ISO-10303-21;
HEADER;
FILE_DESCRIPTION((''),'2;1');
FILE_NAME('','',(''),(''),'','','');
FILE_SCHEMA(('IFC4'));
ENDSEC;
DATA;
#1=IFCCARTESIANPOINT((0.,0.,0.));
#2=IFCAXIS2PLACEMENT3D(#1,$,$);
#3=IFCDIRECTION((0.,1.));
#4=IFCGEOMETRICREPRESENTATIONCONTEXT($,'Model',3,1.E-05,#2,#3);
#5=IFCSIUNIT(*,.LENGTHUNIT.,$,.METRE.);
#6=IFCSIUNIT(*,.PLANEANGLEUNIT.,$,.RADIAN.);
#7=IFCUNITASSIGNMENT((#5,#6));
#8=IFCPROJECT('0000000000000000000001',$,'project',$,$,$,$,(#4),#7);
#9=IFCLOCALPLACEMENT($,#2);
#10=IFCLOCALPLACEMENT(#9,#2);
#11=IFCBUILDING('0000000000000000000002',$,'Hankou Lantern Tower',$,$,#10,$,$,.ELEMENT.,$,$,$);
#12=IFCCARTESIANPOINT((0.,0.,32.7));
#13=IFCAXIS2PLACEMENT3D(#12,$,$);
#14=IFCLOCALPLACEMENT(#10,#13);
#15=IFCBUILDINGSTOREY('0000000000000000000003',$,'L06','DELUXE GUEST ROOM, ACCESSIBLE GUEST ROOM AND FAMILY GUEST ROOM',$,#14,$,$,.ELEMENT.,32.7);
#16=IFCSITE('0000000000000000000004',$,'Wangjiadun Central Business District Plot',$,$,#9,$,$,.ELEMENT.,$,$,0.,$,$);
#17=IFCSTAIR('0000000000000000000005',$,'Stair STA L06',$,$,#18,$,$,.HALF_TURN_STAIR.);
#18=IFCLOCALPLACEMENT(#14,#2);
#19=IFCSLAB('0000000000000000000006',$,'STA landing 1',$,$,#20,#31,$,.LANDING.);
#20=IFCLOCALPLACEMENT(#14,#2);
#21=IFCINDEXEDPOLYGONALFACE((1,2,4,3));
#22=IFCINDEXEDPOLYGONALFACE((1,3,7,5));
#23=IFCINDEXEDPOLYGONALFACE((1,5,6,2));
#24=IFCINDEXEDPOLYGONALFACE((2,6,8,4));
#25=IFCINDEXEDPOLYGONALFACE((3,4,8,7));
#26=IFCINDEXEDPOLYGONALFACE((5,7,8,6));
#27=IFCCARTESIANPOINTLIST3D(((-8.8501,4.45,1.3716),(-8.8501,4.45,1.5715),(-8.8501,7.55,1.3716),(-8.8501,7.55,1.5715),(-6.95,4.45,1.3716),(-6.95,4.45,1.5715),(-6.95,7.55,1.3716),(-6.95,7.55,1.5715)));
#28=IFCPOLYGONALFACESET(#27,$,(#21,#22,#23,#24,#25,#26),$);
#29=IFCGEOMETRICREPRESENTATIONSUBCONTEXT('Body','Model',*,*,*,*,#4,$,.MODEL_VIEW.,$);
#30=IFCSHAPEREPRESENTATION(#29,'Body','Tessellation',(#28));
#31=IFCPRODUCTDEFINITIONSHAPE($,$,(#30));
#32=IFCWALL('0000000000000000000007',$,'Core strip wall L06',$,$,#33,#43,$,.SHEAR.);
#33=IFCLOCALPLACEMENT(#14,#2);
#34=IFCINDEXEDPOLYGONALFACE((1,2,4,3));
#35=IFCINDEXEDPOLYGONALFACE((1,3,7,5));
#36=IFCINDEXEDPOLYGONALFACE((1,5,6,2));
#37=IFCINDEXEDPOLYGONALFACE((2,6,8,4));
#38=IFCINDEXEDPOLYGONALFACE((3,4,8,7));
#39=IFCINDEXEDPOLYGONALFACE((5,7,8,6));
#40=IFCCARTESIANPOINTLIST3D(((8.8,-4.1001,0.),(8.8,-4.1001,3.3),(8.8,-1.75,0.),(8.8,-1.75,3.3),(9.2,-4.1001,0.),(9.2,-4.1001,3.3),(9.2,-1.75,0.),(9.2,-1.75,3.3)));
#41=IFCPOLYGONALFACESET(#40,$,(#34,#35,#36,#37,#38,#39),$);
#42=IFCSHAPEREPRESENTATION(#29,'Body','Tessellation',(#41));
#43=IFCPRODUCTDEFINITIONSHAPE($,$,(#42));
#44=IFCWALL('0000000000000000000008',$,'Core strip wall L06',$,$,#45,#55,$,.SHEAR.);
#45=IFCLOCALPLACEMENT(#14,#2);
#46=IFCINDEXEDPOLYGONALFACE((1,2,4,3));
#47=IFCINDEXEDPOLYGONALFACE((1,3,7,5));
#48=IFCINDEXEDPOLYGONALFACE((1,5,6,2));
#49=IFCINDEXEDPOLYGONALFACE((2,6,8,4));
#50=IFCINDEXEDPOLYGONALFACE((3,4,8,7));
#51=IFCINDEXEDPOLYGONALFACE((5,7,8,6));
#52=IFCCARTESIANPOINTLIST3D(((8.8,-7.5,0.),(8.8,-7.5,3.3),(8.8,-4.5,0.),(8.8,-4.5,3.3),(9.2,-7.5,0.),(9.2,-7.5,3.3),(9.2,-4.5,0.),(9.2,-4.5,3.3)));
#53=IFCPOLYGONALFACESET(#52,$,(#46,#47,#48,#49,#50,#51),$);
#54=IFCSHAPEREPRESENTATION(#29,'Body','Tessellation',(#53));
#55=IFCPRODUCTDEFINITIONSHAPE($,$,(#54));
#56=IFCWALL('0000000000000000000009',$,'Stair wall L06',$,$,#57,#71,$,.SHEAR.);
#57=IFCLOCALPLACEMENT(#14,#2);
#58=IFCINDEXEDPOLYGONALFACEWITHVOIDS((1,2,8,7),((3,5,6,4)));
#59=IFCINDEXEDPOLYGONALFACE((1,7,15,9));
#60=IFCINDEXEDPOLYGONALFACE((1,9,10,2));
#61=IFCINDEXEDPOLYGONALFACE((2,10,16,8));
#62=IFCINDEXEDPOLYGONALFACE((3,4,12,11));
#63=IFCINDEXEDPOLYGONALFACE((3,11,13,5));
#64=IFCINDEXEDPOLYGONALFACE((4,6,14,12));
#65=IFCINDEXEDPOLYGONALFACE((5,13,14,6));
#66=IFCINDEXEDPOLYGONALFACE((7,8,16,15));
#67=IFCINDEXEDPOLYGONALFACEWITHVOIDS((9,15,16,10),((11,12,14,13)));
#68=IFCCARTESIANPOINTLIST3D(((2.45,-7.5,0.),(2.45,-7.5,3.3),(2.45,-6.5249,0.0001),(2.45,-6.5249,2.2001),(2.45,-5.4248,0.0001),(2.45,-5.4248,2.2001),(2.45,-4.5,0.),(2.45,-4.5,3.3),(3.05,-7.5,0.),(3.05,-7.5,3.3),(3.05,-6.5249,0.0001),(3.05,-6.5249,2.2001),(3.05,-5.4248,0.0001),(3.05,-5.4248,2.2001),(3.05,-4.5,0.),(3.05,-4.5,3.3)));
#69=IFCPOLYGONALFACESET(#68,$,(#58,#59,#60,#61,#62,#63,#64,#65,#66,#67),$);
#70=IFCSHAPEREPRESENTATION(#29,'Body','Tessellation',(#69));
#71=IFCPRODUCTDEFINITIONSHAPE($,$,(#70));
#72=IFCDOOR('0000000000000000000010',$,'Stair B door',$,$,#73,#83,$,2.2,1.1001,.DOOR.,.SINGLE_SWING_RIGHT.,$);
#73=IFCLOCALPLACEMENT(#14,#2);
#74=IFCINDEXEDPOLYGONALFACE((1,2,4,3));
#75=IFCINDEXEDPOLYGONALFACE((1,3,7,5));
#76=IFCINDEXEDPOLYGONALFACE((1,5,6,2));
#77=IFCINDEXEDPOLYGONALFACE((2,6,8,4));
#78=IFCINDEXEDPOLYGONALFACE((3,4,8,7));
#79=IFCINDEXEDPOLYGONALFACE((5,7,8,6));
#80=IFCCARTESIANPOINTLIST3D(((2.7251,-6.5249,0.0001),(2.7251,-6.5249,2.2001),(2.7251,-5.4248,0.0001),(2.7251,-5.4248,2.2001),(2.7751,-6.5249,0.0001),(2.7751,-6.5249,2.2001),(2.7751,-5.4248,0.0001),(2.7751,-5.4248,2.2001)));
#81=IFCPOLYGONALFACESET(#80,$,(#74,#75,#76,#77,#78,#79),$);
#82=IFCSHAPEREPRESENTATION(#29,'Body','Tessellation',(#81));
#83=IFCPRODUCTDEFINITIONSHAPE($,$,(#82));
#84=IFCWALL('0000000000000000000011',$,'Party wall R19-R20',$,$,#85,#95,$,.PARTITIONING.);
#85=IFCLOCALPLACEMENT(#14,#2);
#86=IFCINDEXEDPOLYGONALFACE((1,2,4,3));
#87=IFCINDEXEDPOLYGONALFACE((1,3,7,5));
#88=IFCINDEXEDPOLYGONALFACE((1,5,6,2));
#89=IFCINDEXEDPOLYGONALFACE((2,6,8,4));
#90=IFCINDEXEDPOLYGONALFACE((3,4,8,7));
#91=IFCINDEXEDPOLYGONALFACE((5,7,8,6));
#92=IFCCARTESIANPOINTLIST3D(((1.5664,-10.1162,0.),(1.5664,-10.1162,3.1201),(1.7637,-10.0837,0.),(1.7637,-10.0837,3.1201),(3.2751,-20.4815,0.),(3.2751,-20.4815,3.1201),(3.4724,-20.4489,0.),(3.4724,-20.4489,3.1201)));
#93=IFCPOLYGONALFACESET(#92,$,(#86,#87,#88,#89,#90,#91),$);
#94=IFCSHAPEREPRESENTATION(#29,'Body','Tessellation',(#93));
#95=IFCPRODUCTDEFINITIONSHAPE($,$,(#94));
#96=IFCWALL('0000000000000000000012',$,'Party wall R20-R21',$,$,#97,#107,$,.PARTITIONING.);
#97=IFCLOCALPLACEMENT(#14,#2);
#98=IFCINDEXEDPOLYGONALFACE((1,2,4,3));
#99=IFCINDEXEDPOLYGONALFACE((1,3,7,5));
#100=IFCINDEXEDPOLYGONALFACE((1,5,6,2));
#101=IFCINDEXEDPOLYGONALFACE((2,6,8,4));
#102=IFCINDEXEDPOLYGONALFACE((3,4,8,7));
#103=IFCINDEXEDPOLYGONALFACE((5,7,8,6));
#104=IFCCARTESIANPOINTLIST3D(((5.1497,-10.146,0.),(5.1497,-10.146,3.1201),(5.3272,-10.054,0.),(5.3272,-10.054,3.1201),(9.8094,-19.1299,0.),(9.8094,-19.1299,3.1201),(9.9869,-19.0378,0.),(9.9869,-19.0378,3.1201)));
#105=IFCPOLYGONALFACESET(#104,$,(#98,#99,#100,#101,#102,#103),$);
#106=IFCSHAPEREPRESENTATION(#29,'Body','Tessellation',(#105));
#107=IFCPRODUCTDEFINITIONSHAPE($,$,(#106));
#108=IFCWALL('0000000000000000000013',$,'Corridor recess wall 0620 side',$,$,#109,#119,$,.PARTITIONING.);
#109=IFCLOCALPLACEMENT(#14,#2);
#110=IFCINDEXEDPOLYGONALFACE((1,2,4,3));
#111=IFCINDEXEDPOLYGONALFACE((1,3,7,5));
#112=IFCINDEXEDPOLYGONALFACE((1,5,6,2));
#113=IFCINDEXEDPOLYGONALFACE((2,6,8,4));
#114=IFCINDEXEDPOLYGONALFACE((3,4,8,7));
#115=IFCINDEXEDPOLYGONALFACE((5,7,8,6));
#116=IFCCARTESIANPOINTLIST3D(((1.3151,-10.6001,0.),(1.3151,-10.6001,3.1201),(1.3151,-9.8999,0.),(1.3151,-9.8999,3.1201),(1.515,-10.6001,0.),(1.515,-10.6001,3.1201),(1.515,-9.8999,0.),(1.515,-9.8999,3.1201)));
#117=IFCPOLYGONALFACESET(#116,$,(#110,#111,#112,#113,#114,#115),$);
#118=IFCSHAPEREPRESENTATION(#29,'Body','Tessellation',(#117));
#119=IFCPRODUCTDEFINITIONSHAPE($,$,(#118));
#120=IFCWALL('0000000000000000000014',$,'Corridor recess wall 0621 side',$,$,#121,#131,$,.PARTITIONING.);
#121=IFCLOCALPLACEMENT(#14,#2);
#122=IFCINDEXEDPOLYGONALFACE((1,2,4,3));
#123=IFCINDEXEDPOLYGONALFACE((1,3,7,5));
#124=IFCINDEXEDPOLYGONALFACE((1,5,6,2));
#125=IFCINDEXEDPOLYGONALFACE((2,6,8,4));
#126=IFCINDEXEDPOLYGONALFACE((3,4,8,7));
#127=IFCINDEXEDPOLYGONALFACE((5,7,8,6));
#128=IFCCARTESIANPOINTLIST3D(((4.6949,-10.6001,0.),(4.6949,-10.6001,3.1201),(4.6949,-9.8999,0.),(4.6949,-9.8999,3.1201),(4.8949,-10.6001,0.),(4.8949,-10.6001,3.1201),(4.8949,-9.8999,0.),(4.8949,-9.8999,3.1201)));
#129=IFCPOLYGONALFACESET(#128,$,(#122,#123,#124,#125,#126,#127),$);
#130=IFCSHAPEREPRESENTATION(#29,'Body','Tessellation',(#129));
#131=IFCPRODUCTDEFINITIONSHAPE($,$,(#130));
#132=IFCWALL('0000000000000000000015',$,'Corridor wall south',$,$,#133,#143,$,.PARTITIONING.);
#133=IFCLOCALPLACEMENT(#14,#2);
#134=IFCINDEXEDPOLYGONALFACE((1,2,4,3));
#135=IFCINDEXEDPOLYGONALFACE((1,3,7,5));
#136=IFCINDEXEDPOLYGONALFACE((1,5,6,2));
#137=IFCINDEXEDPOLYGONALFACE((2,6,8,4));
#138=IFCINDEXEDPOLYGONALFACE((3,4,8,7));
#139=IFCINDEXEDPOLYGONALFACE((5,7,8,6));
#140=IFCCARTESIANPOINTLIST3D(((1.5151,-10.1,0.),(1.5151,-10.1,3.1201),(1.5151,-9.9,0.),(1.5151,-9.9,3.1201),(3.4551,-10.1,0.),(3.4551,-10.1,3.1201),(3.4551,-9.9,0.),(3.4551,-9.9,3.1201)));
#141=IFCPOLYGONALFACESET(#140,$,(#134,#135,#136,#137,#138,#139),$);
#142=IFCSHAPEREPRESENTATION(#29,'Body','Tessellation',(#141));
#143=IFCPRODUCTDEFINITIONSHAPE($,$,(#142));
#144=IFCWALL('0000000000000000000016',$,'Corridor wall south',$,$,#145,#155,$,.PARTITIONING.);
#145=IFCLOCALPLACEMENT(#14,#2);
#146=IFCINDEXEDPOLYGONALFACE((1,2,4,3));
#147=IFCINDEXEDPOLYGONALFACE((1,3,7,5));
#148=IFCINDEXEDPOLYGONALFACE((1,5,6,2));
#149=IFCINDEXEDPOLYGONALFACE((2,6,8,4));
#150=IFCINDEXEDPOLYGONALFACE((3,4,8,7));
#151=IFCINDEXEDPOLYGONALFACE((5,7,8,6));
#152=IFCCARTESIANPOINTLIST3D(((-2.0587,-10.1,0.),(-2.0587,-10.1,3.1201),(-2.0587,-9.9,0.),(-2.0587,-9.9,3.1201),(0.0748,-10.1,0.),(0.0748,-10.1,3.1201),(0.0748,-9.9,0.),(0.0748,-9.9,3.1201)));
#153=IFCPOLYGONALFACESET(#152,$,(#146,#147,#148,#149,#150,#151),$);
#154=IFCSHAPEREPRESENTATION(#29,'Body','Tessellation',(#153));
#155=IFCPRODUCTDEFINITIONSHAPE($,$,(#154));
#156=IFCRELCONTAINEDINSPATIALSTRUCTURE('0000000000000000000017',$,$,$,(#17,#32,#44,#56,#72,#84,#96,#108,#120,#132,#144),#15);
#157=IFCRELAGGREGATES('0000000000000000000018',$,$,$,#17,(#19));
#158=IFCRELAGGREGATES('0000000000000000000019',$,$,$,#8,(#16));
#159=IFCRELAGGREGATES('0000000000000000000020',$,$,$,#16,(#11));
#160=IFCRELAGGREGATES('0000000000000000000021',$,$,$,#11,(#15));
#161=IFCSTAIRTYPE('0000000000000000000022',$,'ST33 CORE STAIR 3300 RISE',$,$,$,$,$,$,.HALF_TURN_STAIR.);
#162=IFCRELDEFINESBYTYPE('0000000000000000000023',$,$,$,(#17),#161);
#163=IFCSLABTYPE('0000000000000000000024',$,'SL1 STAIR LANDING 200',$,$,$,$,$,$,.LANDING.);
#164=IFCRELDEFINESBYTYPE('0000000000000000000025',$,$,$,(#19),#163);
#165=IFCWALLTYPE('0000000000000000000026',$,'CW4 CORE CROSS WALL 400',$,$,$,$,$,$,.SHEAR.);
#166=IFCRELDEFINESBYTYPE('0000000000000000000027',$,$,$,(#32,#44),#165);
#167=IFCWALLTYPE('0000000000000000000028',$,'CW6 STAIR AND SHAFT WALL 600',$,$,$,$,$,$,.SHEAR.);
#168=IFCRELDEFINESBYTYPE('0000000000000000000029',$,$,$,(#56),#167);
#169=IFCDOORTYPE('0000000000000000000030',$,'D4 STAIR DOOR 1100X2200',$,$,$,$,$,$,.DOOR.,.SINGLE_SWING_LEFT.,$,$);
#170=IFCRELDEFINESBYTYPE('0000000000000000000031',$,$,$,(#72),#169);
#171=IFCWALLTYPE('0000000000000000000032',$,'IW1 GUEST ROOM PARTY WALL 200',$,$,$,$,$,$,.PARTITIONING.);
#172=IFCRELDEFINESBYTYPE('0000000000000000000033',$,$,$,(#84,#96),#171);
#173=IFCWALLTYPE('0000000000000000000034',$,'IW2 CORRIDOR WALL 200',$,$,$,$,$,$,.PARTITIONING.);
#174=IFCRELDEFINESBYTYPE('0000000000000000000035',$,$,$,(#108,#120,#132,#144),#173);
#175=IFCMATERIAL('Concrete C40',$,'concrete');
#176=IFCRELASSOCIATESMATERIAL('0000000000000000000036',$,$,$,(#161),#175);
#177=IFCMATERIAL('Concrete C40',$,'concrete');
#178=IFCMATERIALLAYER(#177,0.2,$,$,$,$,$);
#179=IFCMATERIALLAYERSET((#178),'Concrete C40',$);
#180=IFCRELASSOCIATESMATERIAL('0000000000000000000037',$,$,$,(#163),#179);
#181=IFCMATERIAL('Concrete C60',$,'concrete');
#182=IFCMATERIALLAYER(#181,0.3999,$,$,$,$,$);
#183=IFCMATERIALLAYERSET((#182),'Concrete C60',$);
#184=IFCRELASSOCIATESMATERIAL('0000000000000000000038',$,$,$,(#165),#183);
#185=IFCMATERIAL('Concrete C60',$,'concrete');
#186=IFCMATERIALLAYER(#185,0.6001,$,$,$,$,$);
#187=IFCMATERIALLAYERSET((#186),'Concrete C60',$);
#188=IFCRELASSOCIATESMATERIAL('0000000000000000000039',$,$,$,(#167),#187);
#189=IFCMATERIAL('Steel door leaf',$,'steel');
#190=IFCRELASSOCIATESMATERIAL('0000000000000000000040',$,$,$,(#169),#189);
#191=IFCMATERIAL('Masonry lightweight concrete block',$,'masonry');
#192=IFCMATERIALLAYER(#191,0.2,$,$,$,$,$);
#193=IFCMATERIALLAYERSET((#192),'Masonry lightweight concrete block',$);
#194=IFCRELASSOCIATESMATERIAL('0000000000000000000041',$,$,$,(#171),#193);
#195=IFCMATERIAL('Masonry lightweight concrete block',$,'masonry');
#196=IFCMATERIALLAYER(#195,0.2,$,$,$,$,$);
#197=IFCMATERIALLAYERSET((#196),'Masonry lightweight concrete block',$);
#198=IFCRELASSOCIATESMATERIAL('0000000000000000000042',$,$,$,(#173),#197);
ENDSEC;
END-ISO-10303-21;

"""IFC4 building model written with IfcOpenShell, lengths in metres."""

from ifc_helpers import new_model, si_unit, direction, frame, frame_2d, origin, place, context, subcontext, project, spatial, polyline, rectangle, outline, extrude, material, layer, layer_set, type_object, element, fill, aggregate, save


model = new_model("IFC4")

# Units and contexts
model_context = context("Model", 3, precision=1e-05, world=origin(), true_north=direction((0.0, 1.0)))
body_context = subcontext(model_context, "Body", "Model", "MODEL_VIEW")
ifc_project = project(units=[si_unit("LENGTHUNIT", "METRE"), si_unit("PLANEANGLEUNIT", "RADIAN")], contexts=[model_context])

# Site, building, storey
site_placement = place(None, origin())
site = spatial("IfcSite", under=ifc_project, at=site_placement, Name="Wangjiadun Central Business District Plot", CompositionType="ELEMENT", RefElevation=0.0)
building_placement = place(site_placement, origin())
building = spatial("IfcBuilding", under=site, at=building_placement, Name="Hankou Lantern Tower", CompositionType="ELEMENT")
storey_placement = place(building_placement, frame((0.0, 0.0, 32.7)))
storey = spatial("IfcBuildingStorey", under=building, at=storey_placement, Name="L06", Description="DELUXE GUEST ROOM, ACCESSIBLE GUEST ROOM AND FAMILY GUEST ROOM", CompositionType="ELEMENT", Elevation=32.7)

# Stair, slab
ifc_material_1 = material(Name="Concrete C40", Category="concrete")
stair_type = type_object("IfcStairType", Name="ST33 CORE STAIR 3300 RISE", PredefinedType="HALF_TURN_STAIR", material=ifc_material_1)
stair_1_placement = place(storey_placement, origin())
stair_1 = element("IfcStair", 1, at=stair_1_placement, inside=storey, type_object=stair_type, Name="Stair STA L06", PredefinedType="HALF_TURN_STAIR")
ifc_material_2 = material(Name="Concrete C40", Category="concrete")
ifc_layer_1 = layer(ifc_material_2, 0.2)
ifc_layer_set_1 = layer_set([ifc_layer_1], Name="Concrete C40")
slab_type_1 = type_object("IfcSlabType", Name="SL1 STAIR LANDING 200", PredefinedType="LANDING", material=ifc_layer_set_1)
slab_1_placement = place(storey_placement, frame((0.0, 0.0, 1.3716)))
slab_1 = element("IfcSlab", 2, at=slab_1_placement, type_object=slab_type_1, Name="STA landing 1", PredefinedType="LANDING", context=body_context, shape_type="SweptSolid", body=[
    extrude(outline(polyline([(-8.8501, 4.45), (-6.95, 4.45), (-6.95, 7.55), (-8.8501, 7.55), (-8.8501, 4.45)])), origin(), (0.0, 0.0, 1.0), 0.2),
])
aggregate(stair_1, [slab_1])

# Walls
ifc_material_3 = material(Name="Concrete C60", Category="concrete")
ifc_layer_2 = layer(ifc_material_3, 0.3999)
ifc_layer_set_2 = layer_set([ifc_layer_2], Name="Concrete C60")
wall_type_1 = type_object("IfcWallType", Name="CW4 CORE CROSS WALL 400", PredefinedType="SHEAR", material=ifc_layer_set_2)
wall_1_placement = place(storey_placement, frame((9.0, -4.1001, 0.0), z_axis=(0.0, 0.0, 1.0), x_axis=(0.0, 1.0, 0.0)))
element("IfcWall", 3, at=wall_1_placement, inside=storey, type_object=wall_type_1, Name="Core strip wall L06", PredefinedType="SHEAR", context=body_context, shape_type="SweptSolid", body=[
    extrude(rectangle(XDim=2.3501, YDim=0.3999, at=frame_2d((1.175, 0.0))), origin(), (0.0, 0.0, 1.0), 3.3),
])
wall_2_placement = place(storey_placement, frame((9.0, -7.5, 0.0), z_axis=(0.0, 0.0, 1.0), x_axis=(0.0, 1.0, 0.0)))
element("IfcWall", 4, at=wall_2_placement, inside=storey, type_object=wall_type_1, Name="Core strip wall L06", PredefinedType="SHEAR", context=body_context, shape_type="SweptSolid", body=[
    extrude(rectangle(XDim=3.0, YDim=0.3999, at=frame_2d((1.5, 0.0))), origin(), (0.0, 0.0, 1.0), 3.3),
])

# Wall, opening, door
ifc_material_4 = material(Name="Concrete C60", Category="concrete")
ifc_layer_3 = layer(ifc_material_4, 0.6001)
ifc_layer_set_3 = layer_set([ifc_layer_3], Name="Concrete C60")
wall_type_2 = type_object("IfcWallType", Name="CW6 STAIR AND SHAFT WALL 600", PredefinedType="SHEAR", material=ifc_layer_set_3)
wall_3_placement = place(storey_placement, frame((2.75, -7.5, 0.0), z_axis=(0.0, 0.0, 1.0), x_axis=(0.0, 1.0, 0.0)))
wall_3 = element("IfcWall", 5, at=wall_3_placement, inside=storey, type_object=wall_type_2, Name="Stair wall L06", PredefinedType="SHEAR", context=body_context, shape_type="SweptSolid", body=[
    extrude(rectangle(XDim=3.0, YDim=0.6001, at=frame_2d((1.5, 0.0))), origin(), (0.0, 0.0, 1.0), 3.3),
])
opening_1_placement = place(wall_3_placement, frame((0.9751, 0.0, 0.0)))
opening_1 = element("IfcOpeningElement", 6, at=opening_1_placement, cuts=wall_3, PredefinedType="OPENING", context=body_context, shape_type="SweptSolid", body=[
    extrude(rectangle(XDim=1.1001, YDim=2.2, at=frame_2d((0.55, 1.1001))), frame((0.0, 0.3101, 0.0), z_axis=(0.0, -1.0, 0.0), x_axis=(1.0, 0.0, 0.0)), (0.0, 0.0, 1.0), 0.6201),
])
ifc_material_5 = material(Name="Steel door leaf", Category="steel")
door_type_1 = type_object("IfcDoorType", Name="D4 STAIR DOOR 1100X2200", OperationType="SINGLE_SWING_LEFT", PredefinedType="DOOR", material=ifc_material_5)
door_1_placement = place(opening_1_placement, origin())
door_1 = element("IfcDoor", 7, at=door_1_placement, inside=storey, type_object=door_type_1, Name="Stair B door", OperationType="SINGLE_SWING_RIGHT", OverallHeight=2.2, OverallWidth=1.1001, PredefinedType="DOOR", context=body_context, shape_type="SweptSolid", body=[
    extrude(rectangle(XDim=1.1001, YDim=2.2, at=frame_2d((0.55, 1.1001))), frame((0.0, 0.0249, 0.0), z_axis=(0.0, -1.0, 0.0), x_axis=(1.0, 0.0, 0.0)), (0.0, 0.0, 1.0), 0.05),
])
fill(opening_1, door_1)

# Walls
ifc_material_6 = material(Name="Masonry lightweight concrete block", Category="masonry")
ifc_layer_4 = layer(ifc_material_6, 0.2)
ifc_layer_set_4 = layer_set([ifc_layer_4], Name="Masonry lightweight concrete block")
wall_type_3 = type_object("IfcWallType", Name="IW1 GUEST ROOM PARTY WALL 200", PredefinedType="PARTITIONING", material=ifc_layer_set_4)
wall_4_placement = place(storey_placement, frame((1.665, -10.1001, 0.0), z_axis=(0.0, 0.0, 1.0), x_axis=(0.162658, -0.986683, 0.0)))
element("IfcWall", 8, at=wall_4_placement, inside=storey, type_object=wall_type_3, Name="Party wall R19-R20", PredefinedType="PARTITIONING", context=body_context, shape_type="SweptSolid", body=[
    extrude(rectangle(XDim=10.5051, YDim=0.2, at=frame_2d((5.2524, 0.0))), origin(), (0.0, 0.0, 1.0), 3.1201),
])
wall_5_placement = place(storey_placement, frame((5.2385, -10.1001, 0.0), z_axis=(0.0, 0.0, 1.0), x_axis=(0.460423, -0.8877, 0.0)))
element("IfcWall", 9, at=wall_5_placement, inside=storey, type_object=wall_type_3, Name="Party wall R20-R21", PredefinedType="PARTITIONING", context=body_context, shape_type="SweptSolid", body=[
    extrude(rectangle(XDim=10.1204, YDim=0.2, at=frame_2d((5.0601, 0.0))), origin(), (0.0, 0.0, 1.0), 3.1201),
])
ifc_material_7 = material(Name="Masonry lightweight concrete block", Category="masonry")
ifc_layer_5 = layer(ifc_material_7, 0.2)
ifc_layer_set_5 = layer_set([ifc_layer_5], Name="Masonry lightweight concrete block")
wall_type_4 = type_object("IfcWallType", Name="IW2 CORRIDOR WALL 200", PredefinedType="PARTITIONING", material=ifc_layer_set_5)
for number, where, z_axis, x_axis, name in (
    (10, (1.415, -9.8999, 0.0), (0.0, 0.0, 1.0), (0.0, -1.0, 0.0), "Corridor recess wall 0620 side"),
    (11, (4.7949, -9.8999, 0.0), (0.0, 0.0, 1.0), (0.0, -1.0, 0.0), "Corridor recess wall 0621 side"),
):
    element("IfcWall", number, at=place(storey_placement, frame(where, z_axis=z_axis, x_axis=x_axis)), inside=storey, type_object=wall_type_4, Name=name, PredefinedType="PARTITIONING", context=body_context, shape_type="SweptSolid", body=[
        extrude(rectangle(XDim=0.7002, YDim=0.2, at=frame_2d((0.3501, 0.0))), origin(), (0.0, 0.0, 1.0), 3.1201),
    ])
wall_6_placement = place(storey_placement, frame((3.4551, -10.0, 0.0), z_axis=(0.0, 0.0, 1.0), x_axis=(-1.0, 0.0, 0.0)))
element("IfcWall", 12, at=wall_6_placement, inside=storey, type_object=wall_type_4, Name="Corridor wall south", PredefinedType="PARTITIONING", context=body_context, shape_type="SweptSolid", body=[
    extrude(rectangle(XDim=1.9399, YDim=0.2, at=frame_2d((0.97, 0.0))), origin(), (0.0, 0.0, 1.0), 3.1201),
])
wall_7_placement = place(storey_placement, frame((0.075, -10.0, 0.0), z_axis=(0.0, 0.0, 1.0), x_axis=(-1.0, 0.0, 0.0)))
element("IfcWall", 13, at=wall_7_placement, inside=storey, type_object=wall_type_4, Name="Corridor wall south", PredefinedType="PARTITIONING", context=body_context, shape_type="SweptSolid", body=[
    extrude(rectangle(XDim=2.1335, YDim=0.2, at=frame_2d((1.0669, 0.0))), origin(), (0.0, 0.0, 1.0), 3.1201),
])

save(model, "model.ifc")
